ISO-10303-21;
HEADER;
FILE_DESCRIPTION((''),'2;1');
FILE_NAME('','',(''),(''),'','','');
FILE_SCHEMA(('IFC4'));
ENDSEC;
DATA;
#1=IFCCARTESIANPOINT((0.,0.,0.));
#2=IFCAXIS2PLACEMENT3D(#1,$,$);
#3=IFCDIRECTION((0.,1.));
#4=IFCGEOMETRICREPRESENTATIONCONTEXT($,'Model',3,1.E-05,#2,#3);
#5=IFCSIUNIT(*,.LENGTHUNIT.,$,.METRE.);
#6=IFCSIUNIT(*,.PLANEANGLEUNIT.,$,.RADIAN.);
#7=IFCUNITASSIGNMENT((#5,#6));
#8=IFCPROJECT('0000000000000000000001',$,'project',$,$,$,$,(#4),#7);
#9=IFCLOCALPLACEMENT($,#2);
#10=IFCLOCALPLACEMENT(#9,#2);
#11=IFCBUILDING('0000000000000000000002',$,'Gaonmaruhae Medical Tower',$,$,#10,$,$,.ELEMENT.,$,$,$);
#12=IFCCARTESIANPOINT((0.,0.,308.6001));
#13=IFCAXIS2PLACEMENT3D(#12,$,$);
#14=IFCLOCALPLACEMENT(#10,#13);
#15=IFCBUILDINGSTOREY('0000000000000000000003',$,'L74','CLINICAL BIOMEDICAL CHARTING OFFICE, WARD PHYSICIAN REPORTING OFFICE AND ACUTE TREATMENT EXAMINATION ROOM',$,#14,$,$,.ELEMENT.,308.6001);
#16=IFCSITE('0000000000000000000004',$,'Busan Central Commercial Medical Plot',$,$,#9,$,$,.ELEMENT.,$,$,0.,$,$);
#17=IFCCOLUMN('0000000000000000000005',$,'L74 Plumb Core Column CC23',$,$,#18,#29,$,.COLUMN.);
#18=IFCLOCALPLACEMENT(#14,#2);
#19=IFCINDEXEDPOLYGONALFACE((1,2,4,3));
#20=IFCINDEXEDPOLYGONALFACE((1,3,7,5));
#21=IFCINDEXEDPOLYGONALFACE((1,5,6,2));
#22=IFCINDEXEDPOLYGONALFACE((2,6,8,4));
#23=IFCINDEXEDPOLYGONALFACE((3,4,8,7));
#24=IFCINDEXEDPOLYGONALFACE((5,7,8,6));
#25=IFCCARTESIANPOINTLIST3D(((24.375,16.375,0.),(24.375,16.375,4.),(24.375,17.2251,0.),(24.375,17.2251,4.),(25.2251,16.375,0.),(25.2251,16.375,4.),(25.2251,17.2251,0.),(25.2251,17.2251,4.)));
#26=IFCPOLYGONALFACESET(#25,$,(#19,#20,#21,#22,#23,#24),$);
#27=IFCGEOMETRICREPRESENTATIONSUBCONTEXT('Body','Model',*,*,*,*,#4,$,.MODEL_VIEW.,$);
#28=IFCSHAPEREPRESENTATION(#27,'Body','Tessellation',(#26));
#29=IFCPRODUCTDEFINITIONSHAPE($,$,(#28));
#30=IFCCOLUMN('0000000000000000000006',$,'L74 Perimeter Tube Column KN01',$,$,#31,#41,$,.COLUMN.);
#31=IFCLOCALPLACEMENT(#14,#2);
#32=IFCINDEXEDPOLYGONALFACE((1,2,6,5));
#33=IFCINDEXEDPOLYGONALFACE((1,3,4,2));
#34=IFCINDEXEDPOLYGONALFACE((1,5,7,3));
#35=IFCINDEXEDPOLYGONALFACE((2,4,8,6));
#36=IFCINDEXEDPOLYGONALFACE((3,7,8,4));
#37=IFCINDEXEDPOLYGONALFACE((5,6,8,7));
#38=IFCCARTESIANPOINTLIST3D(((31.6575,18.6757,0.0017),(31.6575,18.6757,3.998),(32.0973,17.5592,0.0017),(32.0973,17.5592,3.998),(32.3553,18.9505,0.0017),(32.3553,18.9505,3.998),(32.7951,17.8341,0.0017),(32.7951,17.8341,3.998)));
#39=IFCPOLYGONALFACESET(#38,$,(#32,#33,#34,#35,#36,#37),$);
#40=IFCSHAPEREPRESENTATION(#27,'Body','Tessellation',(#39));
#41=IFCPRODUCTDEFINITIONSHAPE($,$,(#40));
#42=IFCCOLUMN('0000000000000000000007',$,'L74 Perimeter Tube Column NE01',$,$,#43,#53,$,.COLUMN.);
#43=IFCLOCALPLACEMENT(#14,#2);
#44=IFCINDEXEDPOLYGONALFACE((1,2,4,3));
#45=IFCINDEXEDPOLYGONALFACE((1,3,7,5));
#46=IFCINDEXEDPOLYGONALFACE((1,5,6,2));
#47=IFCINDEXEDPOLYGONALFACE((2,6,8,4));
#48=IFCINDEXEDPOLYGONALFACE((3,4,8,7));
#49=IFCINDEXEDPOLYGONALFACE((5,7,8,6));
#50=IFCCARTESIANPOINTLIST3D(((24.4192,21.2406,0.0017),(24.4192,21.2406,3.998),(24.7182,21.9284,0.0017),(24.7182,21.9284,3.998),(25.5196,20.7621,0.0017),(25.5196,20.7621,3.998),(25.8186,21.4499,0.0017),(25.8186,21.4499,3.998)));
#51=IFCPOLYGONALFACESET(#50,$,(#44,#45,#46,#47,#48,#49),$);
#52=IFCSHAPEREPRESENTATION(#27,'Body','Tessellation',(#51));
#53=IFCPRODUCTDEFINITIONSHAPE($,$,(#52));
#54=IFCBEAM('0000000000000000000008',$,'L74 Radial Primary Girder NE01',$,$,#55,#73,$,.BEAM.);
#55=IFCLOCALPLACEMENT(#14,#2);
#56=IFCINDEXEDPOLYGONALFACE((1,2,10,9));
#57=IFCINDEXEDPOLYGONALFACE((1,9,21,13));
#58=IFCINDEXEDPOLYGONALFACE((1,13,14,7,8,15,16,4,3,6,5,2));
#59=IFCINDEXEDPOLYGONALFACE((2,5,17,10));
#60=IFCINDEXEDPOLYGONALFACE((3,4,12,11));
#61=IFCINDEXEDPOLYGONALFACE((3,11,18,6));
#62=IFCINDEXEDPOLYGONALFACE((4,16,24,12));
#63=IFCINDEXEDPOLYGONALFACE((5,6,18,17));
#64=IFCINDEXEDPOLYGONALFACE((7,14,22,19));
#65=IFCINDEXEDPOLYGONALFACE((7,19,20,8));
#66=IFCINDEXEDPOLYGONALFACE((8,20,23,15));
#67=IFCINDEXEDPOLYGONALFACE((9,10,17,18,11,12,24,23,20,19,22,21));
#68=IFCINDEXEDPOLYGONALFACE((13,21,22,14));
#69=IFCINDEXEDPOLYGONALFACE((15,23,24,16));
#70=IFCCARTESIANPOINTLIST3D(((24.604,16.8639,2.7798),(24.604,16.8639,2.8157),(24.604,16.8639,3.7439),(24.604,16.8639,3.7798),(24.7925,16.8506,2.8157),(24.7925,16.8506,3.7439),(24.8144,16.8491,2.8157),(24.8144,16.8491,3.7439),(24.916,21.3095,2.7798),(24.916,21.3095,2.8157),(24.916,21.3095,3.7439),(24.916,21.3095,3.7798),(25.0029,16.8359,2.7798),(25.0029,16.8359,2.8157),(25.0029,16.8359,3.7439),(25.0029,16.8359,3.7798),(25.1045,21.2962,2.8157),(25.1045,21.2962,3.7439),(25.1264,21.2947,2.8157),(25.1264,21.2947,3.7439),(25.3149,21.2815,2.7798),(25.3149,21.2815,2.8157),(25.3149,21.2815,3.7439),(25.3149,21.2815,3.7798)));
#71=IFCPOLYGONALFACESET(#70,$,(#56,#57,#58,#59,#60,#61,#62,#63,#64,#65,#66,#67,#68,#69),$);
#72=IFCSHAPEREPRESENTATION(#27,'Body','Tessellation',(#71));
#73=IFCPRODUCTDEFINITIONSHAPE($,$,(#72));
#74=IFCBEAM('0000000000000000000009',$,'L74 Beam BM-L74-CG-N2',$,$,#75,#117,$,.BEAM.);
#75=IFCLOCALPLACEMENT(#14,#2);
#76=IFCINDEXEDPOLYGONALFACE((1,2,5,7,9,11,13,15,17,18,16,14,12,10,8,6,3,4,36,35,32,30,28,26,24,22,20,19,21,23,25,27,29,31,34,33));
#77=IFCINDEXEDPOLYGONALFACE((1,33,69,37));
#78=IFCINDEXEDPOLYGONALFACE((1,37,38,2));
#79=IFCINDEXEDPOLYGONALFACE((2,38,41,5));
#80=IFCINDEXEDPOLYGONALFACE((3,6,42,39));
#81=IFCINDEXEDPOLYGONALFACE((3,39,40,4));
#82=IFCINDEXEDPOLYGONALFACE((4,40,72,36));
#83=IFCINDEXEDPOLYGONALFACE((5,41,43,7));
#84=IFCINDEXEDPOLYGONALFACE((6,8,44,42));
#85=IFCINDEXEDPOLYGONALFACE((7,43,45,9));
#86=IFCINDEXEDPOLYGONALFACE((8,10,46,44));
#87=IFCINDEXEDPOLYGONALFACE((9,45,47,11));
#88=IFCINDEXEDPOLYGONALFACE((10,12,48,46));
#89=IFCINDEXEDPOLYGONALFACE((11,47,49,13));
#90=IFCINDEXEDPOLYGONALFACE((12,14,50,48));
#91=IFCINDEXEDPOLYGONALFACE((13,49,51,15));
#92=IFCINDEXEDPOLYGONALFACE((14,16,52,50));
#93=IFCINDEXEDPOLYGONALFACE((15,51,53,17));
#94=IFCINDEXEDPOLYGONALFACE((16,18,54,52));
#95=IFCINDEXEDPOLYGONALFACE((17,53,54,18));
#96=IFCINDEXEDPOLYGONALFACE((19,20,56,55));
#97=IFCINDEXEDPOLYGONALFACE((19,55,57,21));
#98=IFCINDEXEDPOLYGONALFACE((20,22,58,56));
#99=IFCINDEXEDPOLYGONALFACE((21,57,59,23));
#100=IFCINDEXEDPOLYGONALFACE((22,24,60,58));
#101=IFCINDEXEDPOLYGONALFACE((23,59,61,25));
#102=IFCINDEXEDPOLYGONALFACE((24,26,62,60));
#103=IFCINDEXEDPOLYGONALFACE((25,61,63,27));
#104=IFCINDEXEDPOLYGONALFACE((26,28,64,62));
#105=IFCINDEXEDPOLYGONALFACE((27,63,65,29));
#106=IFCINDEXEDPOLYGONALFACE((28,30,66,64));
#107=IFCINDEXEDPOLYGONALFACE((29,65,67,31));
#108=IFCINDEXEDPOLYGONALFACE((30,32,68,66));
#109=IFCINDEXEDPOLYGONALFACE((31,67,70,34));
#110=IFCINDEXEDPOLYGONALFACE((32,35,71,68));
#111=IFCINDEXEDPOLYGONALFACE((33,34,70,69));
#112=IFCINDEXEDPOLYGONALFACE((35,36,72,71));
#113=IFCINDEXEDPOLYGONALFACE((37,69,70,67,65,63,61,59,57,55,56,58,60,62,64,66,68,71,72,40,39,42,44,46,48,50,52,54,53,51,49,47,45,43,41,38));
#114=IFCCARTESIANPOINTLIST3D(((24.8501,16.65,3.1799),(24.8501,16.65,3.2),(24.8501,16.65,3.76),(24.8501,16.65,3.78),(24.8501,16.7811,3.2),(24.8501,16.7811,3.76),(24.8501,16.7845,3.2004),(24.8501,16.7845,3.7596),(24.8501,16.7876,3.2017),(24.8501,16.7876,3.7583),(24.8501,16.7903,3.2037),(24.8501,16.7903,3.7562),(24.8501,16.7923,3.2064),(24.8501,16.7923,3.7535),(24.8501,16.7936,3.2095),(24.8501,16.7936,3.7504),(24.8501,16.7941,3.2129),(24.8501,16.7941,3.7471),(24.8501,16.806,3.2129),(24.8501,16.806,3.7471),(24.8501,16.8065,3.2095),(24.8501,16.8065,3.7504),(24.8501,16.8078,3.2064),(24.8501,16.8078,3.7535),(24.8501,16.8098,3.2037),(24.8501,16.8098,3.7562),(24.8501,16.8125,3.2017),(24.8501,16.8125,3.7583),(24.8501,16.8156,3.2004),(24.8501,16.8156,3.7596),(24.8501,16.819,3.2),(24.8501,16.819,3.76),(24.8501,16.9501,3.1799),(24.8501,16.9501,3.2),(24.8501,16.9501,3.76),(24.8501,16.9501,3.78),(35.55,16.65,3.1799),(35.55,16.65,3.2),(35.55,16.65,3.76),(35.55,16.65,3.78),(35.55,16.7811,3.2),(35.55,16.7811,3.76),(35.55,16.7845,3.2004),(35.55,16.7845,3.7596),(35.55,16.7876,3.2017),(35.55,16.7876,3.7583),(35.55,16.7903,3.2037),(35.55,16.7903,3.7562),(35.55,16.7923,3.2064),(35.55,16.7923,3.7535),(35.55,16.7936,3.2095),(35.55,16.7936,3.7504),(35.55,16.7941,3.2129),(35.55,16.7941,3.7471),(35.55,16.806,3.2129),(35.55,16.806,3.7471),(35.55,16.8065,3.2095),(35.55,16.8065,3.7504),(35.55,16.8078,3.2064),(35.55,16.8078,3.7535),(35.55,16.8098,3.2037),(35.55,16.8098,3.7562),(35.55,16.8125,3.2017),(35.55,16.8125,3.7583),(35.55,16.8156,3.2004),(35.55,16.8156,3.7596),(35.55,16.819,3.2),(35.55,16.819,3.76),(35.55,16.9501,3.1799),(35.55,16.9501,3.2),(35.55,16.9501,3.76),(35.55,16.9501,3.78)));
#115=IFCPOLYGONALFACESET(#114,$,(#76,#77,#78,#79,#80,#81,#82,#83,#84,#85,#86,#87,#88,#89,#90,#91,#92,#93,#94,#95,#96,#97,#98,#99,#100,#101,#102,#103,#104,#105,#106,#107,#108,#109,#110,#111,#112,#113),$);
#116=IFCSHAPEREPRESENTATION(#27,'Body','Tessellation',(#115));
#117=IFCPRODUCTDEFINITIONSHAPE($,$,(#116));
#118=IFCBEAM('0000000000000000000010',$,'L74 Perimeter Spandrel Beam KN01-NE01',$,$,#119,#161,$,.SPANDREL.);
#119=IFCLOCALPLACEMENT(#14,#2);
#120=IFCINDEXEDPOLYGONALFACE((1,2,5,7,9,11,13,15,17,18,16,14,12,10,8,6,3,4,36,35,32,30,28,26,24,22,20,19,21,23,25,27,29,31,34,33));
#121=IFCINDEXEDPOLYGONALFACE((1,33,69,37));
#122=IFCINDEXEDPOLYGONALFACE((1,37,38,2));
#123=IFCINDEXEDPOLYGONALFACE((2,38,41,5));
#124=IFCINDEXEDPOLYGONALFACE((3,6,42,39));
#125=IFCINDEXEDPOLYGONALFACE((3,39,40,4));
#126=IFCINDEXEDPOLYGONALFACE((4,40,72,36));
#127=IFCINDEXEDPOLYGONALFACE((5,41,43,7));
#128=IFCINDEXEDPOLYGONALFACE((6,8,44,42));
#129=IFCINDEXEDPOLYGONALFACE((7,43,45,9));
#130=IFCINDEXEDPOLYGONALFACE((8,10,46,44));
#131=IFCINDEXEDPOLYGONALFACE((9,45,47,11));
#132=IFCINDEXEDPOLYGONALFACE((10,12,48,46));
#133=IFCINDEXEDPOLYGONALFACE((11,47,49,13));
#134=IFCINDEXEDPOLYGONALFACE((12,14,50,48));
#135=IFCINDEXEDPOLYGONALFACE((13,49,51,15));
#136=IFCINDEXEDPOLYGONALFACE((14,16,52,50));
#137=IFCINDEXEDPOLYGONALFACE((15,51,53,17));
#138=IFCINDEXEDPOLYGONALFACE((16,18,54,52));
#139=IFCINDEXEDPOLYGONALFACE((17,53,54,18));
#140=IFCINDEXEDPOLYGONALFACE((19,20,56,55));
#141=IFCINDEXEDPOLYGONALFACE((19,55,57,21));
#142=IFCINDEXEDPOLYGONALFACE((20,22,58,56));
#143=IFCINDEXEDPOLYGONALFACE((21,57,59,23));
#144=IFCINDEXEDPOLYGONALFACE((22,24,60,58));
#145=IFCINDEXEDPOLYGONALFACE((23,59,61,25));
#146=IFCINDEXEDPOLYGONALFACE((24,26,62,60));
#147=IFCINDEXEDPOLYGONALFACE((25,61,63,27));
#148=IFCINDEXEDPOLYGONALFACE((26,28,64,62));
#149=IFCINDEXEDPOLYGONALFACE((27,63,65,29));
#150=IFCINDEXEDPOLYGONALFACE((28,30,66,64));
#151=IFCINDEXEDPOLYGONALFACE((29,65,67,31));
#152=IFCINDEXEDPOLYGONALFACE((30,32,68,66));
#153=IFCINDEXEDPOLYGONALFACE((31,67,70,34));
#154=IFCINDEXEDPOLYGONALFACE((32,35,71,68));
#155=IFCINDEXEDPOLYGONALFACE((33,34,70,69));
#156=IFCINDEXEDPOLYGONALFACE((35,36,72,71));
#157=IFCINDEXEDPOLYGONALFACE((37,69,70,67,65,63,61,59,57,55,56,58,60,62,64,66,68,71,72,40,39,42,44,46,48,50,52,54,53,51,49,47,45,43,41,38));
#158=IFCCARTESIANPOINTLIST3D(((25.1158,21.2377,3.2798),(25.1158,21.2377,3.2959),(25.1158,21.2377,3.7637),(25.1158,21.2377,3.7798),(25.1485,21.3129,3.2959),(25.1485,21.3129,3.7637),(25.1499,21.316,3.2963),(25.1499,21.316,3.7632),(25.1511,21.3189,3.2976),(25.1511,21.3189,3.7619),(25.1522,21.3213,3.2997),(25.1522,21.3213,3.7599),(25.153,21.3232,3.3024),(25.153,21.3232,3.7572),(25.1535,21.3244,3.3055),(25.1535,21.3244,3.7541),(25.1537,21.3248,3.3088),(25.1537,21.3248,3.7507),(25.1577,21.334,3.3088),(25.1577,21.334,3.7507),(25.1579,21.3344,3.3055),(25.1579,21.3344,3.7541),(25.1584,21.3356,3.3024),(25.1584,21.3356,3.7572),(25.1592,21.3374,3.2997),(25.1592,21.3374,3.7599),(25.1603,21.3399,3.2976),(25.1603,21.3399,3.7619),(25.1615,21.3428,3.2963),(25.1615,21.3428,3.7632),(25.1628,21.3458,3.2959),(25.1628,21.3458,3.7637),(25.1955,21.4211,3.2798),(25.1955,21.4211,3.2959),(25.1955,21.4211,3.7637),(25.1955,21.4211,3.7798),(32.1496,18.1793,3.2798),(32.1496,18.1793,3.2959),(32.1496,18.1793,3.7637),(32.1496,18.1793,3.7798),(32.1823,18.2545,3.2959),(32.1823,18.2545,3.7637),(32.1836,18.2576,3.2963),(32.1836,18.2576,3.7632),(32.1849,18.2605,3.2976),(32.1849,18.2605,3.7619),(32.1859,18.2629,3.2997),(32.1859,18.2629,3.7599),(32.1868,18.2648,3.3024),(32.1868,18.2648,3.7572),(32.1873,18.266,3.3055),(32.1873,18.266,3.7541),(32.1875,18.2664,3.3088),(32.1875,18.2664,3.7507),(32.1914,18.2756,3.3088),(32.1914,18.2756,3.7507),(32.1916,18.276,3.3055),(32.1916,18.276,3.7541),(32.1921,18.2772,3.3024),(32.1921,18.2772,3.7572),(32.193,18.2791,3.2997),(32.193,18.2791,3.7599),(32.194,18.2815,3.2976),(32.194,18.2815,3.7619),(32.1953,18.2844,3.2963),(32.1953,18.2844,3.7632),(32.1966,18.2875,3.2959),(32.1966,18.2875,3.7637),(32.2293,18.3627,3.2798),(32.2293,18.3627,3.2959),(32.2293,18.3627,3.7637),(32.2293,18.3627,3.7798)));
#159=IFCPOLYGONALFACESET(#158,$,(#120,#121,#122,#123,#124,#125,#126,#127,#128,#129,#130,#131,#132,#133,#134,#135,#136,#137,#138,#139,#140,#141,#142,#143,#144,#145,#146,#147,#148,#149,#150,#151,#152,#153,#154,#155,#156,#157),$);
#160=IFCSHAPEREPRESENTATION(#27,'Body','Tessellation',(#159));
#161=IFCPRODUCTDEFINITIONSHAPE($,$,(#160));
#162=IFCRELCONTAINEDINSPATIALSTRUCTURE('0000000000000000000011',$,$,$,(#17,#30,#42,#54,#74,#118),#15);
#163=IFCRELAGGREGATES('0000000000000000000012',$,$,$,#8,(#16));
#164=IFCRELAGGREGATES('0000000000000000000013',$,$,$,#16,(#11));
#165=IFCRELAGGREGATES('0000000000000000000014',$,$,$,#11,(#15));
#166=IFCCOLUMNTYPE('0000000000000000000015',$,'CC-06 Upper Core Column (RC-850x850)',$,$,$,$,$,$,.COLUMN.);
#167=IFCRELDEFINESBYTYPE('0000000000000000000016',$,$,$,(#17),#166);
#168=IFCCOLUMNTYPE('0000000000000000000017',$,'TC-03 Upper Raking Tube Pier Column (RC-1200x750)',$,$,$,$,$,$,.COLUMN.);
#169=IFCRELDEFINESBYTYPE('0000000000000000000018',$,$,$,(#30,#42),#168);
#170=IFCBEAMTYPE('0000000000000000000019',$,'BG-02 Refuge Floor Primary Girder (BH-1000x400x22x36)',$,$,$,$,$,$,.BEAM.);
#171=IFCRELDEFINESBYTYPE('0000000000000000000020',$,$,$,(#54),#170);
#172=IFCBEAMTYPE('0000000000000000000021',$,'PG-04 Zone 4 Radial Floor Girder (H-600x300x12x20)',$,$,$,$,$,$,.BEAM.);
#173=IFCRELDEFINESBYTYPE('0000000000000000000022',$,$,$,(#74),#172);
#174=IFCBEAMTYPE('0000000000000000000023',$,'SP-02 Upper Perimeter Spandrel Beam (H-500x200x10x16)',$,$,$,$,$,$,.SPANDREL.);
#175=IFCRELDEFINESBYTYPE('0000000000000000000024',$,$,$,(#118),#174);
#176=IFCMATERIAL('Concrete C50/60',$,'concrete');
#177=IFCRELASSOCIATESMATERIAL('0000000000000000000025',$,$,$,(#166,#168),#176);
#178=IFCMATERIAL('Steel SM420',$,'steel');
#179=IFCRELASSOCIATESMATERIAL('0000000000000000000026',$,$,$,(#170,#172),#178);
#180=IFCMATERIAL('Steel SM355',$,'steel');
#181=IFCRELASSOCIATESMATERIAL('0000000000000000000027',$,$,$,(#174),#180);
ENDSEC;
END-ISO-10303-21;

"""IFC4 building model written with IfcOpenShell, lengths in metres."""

from ifc_helpers import new_model, si_unit, direction, frame, origin, origin_2d, place, context, subcontext, project, spatial, rectangle, i_section, extrude, material, material_profile, profile_set, type_object, element, save


model = new_model("IFC4")

# Units and contexts
model_context = context("Model", 3, precision=1e-05, world=origin(), true_north=direction((0.0, 1.0)))
body_context = subcontext(model_context, "Body", "Model", "MODEL_VIEW")
ifc_project = project(units=[si_unit("LENGTHUNIT", "METRE"), si_unit("PLANEANGLEUNIT", "RADIAN")], contexts=[model_context])

# Site, building, storey
site_placement = place(None, origin())
site = spatial("IfcSite", under=ifc_project, at=site_placement, Name="Busan Central Commercial Medical Plot", CompositionType="ELEMENT", RefElevation=0.0)
building_placement = place(site_placement, origin())
building = spatial("IfcBuilding", under=site, at=building_placement, Name="Gaonmaruhae Medical Tower", CompositionType="ELEMENT")
storey_placement = place(building_placement, frame((0.0, 0.0, 308.6001)))
storey = spatial("IfcBuildingStorey", under=building, at=storey_placement, Name="L74", Description="CLINICAL BIOMEDICAL CHARTING OFFICE, WARD PHYSICIAN REPORTING OFFICE AND ACUTE TREATMENT EXAMINATION ROOM", CompositionType="ELEMENT", Elevation=308.6001)

# Columns
ifc_material_1 = material(Name="Concrete C50/60", Category="concrete")
ifc_material_profile_1 = material_profile(ifc_material_1, rectangle(XDim=0.8501, YDim=0.8501, at=origin_2d()), Name="RC-850x850")
ifc_profile_set_1 = profile_set([ifc_material_profile_1], Name="Concrete C50/60")
column_type_1 = type_object("IfcColumnType", Name="CC-06 Upper Core Column (RC-850x850)", PredefinedType="COLUMN", material=ifc_profile_set_1)
column_placement = place(storey_placement, frame((24.8, 16.8, 0.0), z_axis=(0.0, 0.0, 1.0), x_axis=(1.0, 0.0, 0.0)))
element("IfcColumn", 1, at=column_placement, inside=storey, type_object=column_type_1, Name="L74 Plumb Core Column CC23", PredefinedType="COLUMN", context=body_context, shape_type="SweptSolid", body=[
    extrude(rectangle(XDim=0.8501, YDim=0.8501, at=origin_2d()), origin(), (0.0, 0.0, 1.0), 4.0),
])
ifc_material_profile_2 = material_profile(ifc_material_1, rectangle(XDim=1.2, YDim=0.75, at=origin_2d()), Name="RC-1200x750")
ifc_profile_set_2 = profile_set([ifc_material_profile_2], Name="Concrete C50/60")
column_type_2 = type_object("IfcColumnType", Name="TC-03 Upper Raking Tube Pier Column (RC-1200x750)", PredefinedType="COLUMN", material=ifc_profile_set_2)
for number, where, z_axis, x_axis, name in (
    (2, (32.2263, 18.2549, 0.0017), (0.0, 0.0, 1.0), (-0.366501, 0.930418, 0.0), "L74 Perimeter Tube Column KN01"),
    (3, (25.1189, 21.3452, 0.0017), (0.0, 0.0, 1.0), (-0.91706, 0.398749, 0.0), "L74 Perimeter Tube Column NE01"),
):
    element("IfcColumn", number, at=place(storey_placement, frame(where, z_axis=z_axis, x_axis=x_axis)), inside=storey, type_object=column_type_2, Name=name, PredefinedType="COLUMN", context=body_context, shape_type="SweptSolid", body=[
        extrude(rectangle(XDim=1.2, YDim=0.75, at=origin_2d()), origin(), (0.0, 0.0, 1.0), 3.9963),
    ])

# Beams
ifc_material_2 = material(Name="Steel SM420", Category="steel")
ifc_material_profile_3 = material_profile(ifc_material_2, i_section(OverallWidth=0.3999, OverallDepth=1.0, WebThickness=0.022, FlangeThickness=0.0359, at=origin_2d()), Name="BH-1000x400x22x36")
ifc_profile_set_3 = profile_set([ifc_material_profile_3], Name="Steel SM420")
beam_type_1 = type_object("IfcBeamType", Name="BG-02 Refuge Floor Primary Girder (BH-1000x400x22x36)", PredefinedType="BEAM", material=ifc_profile_set_3)
beam_1_placement = place(storey_placement, frame((24.8035, 16.8499, 3.2798), z_axis=(0.070013, 0.997546, 0.0), x_axis=(-0.997546, 0.070013, 0.0)))
element("IfcBeam", 4, at=beam_1_placement, inside=storey, type_object=beam_type_1, Name="L74 Radial Primary Girder NE01", PredefinedType="BEAM", context=body_context, shape_type="SweptSolid", body=[
    extrude(i_section(OverallWidth=0.3999, OverallDepth=1.0, WebThickness=0.022, FlangeThickness=0.0359, at=origin_2d()), origin(), (0.0, 0.0, 1.0), 4.4565),
])
ifc_material_profile_4 = material_profile(ifc_material_2, i_section(OverallWidth=0.3, OverallDepth=0.6001, WebThickness=0.012, FlangeThickness=0.02, FilletRadius=0.0129, at=origin_2d()), Name="H-600x300x12x20")
ifc_profile_set_4 = profile_set([ifc_material_profile_4], Name="Steel SM420")
beam_type_2 = type_object("IfcBeamType", Name="PG-04 Zone 4 Radial Floor Girder (H-600x300x12x20)", PredefinedType="BEAM", material=ifc_profile_set_4)
beam_2_placement = place(storey_placement, frame((24.8501, 16.8, 3.48), z_axis=(1.0, 0.0, 0.0), x_axis=(0.0, 1.0, 0.0)))
element("IfcBeam", 5, at=beam_2_placement, inside=storey, type_object=beam_type_2, Name="L74 Beam BM-L74-CG-N2", PredefinedType="BEAM", context=body_context, shape_type="SweptSolid", body=[
    extrude(i_section(OverallWidth=0.3, OverallDepth=0.6001, WebThickness=0.012, FlangeThickness=0.02, FilletRadius=0.0129, at=origin_2d()), origin(), (0.0, 0.0, 1.0), 10.7),
])
ifc_material_3 = material(Name="Steel SM355", Category="steel")
ifc_material_profile_5 = material_profile(ifc_material_3, i_section(OverallWidth=0.2, OverallDepth=0.5, WebThickness=0.01, FlangeThickness=0.0161, FilletRadius=0.0129, at=origin_2d()), Name="H-500x200x10x16")
ifc_profile_set_5 = profile_set([ifc_material_profile_5], Name="Steel SM355")
beam_type_3 = type_object("IfcBeamType", Name="SP-02 Upper Perimeter Spandrel Beam (H-500x200x10x16)", PredefinedType="SPANDREL", material=ifc_profile_set_5)
beam_3_placement = place(storey_placement, frame((32.1895, 18.271, 3.5298), z_axis=(-0.917059, 0.398751, 0.0), x_axis=(-0.398751, -0.917059, 0.0)))
element("IfcBeam", 6, at=beam_3_placement, inside=storey, type_object=beam_type_3, Name="L74 Perimeter Spandrel Beam KN01-NE01", PredefinedType="SPANDREL", context=body_context, shape_type="SweptSolid", body=[
    extrude(i_section(OverallWidth=0.2, OverallDepth=0.5, WebThickness=0.01, FlangeThickness=0.0161, FilletRadius=0.0129, at=origin_2d()), origin(), (0.0, 0.0, 1.0), 7.6699),
])

save(model, "model.ifc")
